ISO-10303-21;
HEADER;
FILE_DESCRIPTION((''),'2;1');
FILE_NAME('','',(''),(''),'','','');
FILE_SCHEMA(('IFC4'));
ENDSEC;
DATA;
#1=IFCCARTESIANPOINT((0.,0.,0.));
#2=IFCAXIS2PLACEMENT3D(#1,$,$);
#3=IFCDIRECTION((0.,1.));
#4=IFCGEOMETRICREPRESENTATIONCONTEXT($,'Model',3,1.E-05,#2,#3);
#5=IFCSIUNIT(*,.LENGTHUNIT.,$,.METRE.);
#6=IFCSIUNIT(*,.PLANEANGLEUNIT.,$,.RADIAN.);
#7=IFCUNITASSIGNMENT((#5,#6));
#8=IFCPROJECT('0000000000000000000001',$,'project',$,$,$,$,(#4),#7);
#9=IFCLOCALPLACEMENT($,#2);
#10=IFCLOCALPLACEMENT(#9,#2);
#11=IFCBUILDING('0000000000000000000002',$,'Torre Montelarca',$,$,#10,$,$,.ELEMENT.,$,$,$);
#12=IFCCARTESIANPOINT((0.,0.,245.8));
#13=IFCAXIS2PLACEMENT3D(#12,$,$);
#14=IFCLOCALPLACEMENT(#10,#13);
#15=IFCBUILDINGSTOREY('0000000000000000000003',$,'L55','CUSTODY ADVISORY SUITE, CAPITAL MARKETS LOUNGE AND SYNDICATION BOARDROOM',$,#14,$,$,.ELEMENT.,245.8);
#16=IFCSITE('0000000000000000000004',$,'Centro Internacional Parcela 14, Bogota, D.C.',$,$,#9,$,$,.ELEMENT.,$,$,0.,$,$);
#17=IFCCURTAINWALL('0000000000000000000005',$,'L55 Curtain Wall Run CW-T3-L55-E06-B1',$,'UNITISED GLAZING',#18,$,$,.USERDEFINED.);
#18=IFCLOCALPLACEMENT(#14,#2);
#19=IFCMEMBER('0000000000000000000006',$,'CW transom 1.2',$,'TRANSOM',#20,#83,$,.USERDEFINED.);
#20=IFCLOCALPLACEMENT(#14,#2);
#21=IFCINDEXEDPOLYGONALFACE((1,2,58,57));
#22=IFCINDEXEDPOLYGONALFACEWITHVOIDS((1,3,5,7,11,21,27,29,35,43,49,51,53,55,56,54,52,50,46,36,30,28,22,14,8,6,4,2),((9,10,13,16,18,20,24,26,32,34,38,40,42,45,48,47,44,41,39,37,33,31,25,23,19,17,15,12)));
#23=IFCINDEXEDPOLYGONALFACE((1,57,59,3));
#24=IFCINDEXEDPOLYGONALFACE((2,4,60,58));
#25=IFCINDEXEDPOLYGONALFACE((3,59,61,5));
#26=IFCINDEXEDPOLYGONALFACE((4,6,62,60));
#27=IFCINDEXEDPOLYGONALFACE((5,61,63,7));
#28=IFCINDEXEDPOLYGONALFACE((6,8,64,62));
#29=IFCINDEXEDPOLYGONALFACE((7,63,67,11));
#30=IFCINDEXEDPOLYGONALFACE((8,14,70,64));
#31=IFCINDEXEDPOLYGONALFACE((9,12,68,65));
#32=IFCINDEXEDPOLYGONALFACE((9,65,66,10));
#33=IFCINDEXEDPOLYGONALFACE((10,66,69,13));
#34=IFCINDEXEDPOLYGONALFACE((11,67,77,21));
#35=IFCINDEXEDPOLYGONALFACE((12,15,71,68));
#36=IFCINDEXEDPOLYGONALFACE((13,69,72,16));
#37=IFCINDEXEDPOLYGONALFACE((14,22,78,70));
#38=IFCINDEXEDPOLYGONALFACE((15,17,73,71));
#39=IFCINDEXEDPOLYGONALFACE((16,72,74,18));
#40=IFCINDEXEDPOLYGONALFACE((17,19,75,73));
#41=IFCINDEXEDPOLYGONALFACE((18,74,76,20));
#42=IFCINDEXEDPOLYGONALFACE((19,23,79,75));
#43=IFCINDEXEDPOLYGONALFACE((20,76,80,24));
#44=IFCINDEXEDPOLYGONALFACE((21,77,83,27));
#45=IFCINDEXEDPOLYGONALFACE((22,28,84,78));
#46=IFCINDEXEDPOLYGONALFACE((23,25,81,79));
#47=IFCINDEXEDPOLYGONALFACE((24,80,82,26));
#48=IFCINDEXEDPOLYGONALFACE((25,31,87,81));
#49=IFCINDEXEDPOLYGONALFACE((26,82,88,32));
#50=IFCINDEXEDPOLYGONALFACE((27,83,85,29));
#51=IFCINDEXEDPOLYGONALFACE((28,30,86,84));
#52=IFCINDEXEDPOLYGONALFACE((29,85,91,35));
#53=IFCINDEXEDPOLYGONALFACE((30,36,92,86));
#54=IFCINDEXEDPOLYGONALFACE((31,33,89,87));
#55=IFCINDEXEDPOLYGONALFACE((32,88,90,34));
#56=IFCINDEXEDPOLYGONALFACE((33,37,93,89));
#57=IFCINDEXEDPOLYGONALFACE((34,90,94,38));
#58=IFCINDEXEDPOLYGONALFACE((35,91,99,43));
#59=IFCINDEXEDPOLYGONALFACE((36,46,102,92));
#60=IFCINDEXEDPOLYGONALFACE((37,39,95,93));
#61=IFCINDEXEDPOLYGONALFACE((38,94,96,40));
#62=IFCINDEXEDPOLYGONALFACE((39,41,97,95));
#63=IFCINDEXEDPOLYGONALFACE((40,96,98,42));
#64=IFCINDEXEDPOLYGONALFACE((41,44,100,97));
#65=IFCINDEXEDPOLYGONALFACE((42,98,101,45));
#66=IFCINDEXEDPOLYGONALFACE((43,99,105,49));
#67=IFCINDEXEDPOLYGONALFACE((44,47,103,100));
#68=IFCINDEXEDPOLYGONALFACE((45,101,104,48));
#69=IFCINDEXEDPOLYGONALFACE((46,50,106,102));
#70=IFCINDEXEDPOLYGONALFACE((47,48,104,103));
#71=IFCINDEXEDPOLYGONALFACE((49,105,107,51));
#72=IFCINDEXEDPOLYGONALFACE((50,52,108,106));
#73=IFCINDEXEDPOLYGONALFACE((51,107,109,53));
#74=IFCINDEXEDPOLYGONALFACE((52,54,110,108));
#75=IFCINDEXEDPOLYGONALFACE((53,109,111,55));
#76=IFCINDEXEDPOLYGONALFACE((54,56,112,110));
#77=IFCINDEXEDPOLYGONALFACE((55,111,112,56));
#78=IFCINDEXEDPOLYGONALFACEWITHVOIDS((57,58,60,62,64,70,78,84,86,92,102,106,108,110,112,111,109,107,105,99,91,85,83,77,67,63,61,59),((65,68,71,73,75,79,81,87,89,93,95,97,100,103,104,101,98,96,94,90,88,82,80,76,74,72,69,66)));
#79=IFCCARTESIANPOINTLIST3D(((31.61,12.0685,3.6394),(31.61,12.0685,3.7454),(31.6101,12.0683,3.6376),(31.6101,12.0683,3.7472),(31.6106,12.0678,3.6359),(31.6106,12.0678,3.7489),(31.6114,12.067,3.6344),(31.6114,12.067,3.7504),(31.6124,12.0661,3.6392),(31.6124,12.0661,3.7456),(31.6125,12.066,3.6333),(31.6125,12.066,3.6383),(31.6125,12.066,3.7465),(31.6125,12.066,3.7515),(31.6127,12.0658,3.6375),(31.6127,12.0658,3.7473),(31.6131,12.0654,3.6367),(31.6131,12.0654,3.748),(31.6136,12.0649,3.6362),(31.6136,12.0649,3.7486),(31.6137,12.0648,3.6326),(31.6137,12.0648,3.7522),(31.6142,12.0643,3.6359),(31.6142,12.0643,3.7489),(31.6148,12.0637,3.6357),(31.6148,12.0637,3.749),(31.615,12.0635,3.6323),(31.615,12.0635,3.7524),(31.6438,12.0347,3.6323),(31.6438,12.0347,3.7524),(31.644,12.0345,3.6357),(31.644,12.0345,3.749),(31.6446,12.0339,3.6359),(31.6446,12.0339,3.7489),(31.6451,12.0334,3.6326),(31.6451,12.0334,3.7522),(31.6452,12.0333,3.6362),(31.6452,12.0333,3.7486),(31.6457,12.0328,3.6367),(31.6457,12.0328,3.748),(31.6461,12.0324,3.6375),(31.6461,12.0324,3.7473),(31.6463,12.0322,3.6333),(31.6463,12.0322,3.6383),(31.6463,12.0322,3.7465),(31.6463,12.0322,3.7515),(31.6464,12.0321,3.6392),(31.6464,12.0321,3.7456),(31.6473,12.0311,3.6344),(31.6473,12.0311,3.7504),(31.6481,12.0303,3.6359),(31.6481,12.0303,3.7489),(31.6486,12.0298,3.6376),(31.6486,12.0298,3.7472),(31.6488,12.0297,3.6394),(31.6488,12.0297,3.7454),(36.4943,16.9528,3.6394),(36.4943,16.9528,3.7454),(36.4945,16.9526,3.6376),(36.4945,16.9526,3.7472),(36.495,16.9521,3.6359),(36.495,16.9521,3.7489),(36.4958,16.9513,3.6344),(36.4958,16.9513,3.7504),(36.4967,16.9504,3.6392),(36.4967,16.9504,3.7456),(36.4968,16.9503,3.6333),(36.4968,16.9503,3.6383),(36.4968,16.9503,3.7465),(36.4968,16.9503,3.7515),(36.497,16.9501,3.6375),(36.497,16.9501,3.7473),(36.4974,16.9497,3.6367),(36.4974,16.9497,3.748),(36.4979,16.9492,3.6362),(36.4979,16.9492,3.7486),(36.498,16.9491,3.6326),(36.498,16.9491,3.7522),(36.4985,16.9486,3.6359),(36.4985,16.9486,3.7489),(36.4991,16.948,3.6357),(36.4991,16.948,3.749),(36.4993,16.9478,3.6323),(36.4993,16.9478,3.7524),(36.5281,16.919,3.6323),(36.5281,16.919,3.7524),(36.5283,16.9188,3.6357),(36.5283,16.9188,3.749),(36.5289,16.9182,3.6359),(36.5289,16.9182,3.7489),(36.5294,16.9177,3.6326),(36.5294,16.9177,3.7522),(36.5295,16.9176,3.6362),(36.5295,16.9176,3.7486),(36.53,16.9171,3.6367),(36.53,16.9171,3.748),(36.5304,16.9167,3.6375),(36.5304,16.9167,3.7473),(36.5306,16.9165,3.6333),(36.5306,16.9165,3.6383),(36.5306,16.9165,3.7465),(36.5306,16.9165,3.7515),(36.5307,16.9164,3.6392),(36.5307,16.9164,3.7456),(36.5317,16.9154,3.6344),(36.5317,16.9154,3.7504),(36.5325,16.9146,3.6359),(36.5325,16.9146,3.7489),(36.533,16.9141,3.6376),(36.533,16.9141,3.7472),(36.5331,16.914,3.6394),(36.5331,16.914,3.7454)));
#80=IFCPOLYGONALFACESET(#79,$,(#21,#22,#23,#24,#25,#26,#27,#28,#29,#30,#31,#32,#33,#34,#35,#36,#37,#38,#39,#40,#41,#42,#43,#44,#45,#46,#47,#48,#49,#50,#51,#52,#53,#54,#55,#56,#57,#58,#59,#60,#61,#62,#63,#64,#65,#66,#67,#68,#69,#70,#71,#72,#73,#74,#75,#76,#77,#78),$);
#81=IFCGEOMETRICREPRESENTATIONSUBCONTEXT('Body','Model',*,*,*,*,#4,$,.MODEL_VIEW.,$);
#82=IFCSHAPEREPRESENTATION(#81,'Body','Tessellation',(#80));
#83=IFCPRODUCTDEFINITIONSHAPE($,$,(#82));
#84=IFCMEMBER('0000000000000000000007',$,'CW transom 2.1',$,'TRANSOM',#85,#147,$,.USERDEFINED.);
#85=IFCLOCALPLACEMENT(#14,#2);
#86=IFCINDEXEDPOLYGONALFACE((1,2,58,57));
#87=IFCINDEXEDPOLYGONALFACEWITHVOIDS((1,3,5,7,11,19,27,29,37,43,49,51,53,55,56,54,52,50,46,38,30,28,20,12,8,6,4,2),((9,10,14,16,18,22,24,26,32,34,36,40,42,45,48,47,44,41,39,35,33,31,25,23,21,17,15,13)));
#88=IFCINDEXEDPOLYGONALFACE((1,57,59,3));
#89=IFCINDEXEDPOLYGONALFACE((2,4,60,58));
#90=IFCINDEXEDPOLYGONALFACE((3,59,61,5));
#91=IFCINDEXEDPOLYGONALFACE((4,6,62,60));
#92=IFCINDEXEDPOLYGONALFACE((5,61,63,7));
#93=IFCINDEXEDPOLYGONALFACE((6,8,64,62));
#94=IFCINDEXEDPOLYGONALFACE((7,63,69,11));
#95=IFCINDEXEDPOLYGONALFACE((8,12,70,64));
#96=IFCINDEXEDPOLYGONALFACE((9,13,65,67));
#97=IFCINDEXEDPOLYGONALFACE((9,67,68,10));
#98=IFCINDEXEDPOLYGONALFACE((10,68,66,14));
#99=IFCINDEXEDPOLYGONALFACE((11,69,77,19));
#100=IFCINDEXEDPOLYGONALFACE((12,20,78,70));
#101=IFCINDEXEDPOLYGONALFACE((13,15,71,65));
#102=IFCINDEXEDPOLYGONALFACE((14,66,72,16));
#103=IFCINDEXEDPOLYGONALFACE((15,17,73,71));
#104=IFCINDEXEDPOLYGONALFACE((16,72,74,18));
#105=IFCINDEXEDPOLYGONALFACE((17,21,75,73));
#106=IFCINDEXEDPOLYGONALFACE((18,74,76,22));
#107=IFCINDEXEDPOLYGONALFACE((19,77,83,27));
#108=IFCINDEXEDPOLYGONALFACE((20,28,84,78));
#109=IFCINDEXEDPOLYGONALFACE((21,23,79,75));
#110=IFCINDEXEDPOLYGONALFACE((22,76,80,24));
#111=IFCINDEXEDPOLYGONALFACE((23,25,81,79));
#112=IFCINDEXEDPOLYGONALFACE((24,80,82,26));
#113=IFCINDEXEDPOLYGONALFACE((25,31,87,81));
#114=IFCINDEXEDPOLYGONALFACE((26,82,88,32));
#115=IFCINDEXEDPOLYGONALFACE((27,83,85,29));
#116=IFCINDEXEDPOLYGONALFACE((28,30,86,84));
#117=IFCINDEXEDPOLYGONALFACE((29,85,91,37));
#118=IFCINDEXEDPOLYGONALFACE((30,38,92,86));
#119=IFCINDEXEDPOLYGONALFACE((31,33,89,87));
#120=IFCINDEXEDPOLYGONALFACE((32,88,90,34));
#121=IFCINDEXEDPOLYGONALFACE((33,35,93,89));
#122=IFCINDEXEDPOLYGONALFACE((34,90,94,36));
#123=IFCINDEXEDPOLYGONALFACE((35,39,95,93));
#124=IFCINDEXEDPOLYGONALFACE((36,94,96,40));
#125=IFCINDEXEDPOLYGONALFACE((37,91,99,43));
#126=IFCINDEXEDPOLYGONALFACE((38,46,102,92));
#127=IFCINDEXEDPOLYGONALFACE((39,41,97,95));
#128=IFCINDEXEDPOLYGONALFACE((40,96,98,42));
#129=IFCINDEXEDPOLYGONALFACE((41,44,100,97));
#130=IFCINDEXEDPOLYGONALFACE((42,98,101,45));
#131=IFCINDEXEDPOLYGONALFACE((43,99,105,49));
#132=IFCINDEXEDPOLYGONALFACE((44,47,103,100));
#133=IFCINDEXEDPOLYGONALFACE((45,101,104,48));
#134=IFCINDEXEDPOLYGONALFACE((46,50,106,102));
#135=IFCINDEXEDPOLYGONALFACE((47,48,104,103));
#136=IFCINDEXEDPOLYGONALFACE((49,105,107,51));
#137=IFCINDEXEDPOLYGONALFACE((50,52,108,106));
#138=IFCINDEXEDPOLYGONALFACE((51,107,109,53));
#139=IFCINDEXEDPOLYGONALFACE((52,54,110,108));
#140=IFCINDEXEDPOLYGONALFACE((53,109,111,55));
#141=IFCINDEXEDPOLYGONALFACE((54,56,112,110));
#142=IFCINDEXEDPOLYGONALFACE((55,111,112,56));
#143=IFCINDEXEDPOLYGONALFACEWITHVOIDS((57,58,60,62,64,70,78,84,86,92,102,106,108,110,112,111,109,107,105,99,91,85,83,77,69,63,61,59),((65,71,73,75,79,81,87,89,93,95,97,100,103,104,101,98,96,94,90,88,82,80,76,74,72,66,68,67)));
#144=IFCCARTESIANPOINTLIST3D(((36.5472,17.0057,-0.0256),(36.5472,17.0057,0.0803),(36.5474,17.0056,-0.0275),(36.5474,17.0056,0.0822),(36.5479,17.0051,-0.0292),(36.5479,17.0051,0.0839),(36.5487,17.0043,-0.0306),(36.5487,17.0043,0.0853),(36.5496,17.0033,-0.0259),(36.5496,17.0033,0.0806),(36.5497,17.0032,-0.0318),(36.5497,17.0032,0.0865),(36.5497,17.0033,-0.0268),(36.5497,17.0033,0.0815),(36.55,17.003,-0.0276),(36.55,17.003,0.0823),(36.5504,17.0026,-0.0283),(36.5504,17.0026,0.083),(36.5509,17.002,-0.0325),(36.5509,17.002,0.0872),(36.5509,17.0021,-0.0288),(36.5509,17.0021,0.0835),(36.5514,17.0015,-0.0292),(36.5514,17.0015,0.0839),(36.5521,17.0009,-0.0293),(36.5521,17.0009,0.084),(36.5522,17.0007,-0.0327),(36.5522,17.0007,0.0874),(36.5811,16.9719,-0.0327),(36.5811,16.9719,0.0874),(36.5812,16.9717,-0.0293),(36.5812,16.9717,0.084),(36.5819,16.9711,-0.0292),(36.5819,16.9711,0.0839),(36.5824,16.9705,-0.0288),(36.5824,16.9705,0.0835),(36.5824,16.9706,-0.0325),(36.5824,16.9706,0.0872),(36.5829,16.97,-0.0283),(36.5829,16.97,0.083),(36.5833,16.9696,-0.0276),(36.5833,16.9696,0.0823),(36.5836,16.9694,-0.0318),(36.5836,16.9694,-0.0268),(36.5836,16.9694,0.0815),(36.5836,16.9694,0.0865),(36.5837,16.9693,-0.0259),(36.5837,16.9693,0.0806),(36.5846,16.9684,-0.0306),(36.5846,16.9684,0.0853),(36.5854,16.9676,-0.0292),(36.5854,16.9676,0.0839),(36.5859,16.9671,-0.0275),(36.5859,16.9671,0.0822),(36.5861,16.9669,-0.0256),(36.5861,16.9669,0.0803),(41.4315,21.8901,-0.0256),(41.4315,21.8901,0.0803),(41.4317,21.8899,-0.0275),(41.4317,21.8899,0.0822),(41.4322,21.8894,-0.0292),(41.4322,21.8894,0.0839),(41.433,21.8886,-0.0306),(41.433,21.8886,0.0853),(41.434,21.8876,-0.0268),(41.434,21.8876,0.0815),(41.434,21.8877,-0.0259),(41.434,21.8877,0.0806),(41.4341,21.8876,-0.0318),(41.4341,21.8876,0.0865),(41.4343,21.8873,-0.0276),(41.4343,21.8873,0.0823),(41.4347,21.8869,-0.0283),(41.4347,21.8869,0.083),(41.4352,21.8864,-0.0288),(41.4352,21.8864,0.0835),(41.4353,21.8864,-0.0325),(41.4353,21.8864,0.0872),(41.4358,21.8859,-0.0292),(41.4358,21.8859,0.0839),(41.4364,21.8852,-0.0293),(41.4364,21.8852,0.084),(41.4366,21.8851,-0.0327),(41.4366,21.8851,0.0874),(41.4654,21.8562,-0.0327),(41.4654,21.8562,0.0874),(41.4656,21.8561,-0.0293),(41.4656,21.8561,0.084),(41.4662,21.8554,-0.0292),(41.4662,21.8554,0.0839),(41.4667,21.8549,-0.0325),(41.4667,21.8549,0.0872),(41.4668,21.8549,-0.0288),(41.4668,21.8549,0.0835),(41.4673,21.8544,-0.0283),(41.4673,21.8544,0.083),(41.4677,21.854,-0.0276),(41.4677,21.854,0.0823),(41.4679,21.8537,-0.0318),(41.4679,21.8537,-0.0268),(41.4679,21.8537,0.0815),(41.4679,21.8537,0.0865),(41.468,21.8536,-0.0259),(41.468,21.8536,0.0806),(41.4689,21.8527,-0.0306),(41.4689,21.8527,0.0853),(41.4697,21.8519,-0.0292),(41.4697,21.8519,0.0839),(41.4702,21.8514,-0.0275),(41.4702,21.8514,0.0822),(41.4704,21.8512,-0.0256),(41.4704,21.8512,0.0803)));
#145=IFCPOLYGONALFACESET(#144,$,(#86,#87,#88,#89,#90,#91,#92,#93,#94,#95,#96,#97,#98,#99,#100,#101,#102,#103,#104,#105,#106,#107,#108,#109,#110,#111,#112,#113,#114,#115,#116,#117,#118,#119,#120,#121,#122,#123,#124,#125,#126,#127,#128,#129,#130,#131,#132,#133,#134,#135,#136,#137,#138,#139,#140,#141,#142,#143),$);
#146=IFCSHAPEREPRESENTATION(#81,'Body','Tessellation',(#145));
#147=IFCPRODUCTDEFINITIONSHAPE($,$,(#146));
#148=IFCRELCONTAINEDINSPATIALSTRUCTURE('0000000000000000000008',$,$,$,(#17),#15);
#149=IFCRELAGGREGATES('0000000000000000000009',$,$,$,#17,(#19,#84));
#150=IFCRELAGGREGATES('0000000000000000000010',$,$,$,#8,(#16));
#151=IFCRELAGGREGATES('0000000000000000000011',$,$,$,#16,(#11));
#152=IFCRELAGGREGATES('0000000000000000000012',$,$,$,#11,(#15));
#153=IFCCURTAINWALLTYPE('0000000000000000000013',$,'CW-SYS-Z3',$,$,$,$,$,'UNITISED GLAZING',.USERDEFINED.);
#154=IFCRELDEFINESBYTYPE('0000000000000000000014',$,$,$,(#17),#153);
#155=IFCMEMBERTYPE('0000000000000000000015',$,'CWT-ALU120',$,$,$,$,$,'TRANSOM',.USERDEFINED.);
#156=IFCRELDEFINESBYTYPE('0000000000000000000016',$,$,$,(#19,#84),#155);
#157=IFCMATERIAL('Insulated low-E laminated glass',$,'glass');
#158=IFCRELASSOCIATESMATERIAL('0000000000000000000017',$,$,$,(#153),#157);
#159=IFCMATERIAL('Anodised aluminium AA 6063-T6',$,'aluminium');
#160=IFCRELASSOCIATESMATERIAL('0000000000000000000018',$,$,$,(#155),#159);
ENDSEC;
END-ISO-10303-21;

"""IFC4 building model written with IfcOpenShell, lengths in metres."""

from ifc_helpers import new_model, si_unit, direction, frame, origin, origin_2d, place, context, subcontext, project, spatial, hollow_rectangle, extrude, source, transform, mapped, material, material_profile, profile_set, type_object, element, aggregate, save


model = new_model("IFC4")

# Units and contexts
model_context = context("Model", 3, precision=1e-05, world=origin(), true_north=direction((0.0, 1.0)))
body_context = subcontext(model_context, "Body", "Model", "MODEL_VIEW")
ifc_project = project(units=[si_unit("LENGTHUNIT", "METRE"), si_unit("PLANEANGLEUNIT", "RADIAN")], contexts=[model_context])

# Site, building, storey
site_placement = place(None, origin())
site = spatial("IfcSite", under=ifc_project, at=site_placement, Name="Centro Internacional Parcela 14, Bogota, D.C.", CompositionType="ELEMENT", RefElevation=0.0)
building_placement = place(site_placement, origin())
building = spatial("IfcBuilding", under=site, at=building_placement, Name="Torre Montelarca", CompositionType="ELEMENT")
storey_placement = place(building_placement, frame((0.0, 0.0, 245.8)))
storey = spatial("IfcBuildingStorey", under=building, at=storey_placement, Name="L55", Description="CUSTODY ADVISORY SUITE, CAPITAL MARKETS LOUNGE AND SYNDICATION BOARDROOM", CompositionType="ELEMENT", Elevation=245.8)

# Curtain wall
ifc_material_1 = material(Name="Insulated low-E laminated glass", Category="glass")
curtain_wall_type = type_object("IfcCurtainWallType", Name="CW-SYS-Z3", ElementType="UNITISED GLAZING", PredefinedType="USERDEFINED", material=ifc_material_1)
ifc_material_2 = material(Name="Anodised aluminium AA 6063-T6", Category="aluminium")
ifc_material_profile_1 = material_profile(ifc_material_2, hollow_rectangle(XDim=0.0549, YDim=0.1201, WallThickness=0.0034, InnerFilletRadius=0.0034, OuterFilletRadius=0.0071, at=origin_2d()), Name="ALU55X120X3.5", Category="aluminium")
ifc_profile_set_1 = profile_set([ifc_material_profile_1], Name="Anodised aluminium AA 6063-T6")
member_type_1 = type_object("IfcMemberType", Name="CWT-ALU120", ElementType="TRANSOM", PredefinedType="USERDEFINED", material=ifc_profile_set_1)
curtain_wall_1_placement = place(storey_placement, origin())
curtain_wall_1 = element("IfcCurtainWall", 1, at=curtain_wall_1_placement, inside=storey, type_object=curtain_wall_type, Name="L55 Curtain Wall Run CW-T3-L55-E06-B1", ObjectType="UNITISED GLAZING", PredefinedType="USERDEFINED")

# Members
shared_shape_1 = source(origin(), body_context, "Body", "SweptSolid", [
    extrude(hollow_rectangle(XDim=0.0549, YDim=0.1201, WallThickness=0.0034, InnerFilletRadius=0.0034, OuterFilletRadius=0.0071, at=origin_2d()), origin(), (0.0, 0.0, 1.0), 6.9075),
])
member_1_placement = place(storey_placement, frame((31.6294, 12.0491, 3.6924), z_axis=(0.707107, 0.707107, 0.0), x_axis=(-0.707107, 0.707107, 0.0)))
member_1 = element("IfcMember", 2, at=member_1_placement, type_object=member_type_1, Name="CW transom 1.2", ObjectType="TRANSOM", PredefinedType="USERDEFINED", context=body_context, shape_type="MappedRepresentation", body=[
    mapped(shared_shape_1, transform((0.0, 0.0, 0.0), scale=1.0)),
])
member_2_placement = place(storey_placement, frame((36.5667, 16.9863, 0.0273), z_axis=(0.707107, 0.707107, 0.0), x_axis=(-0.707107, 0.707107, 0.0)))
member_2 = element("IfcMember", 3, at=member_2_placement, type_object=member_type_1, Name="CW transom 2.1", ObjectType="TRANSOM", PredefinedType="USERDEFINED", context=body_context, shape_type="MappedRepresentation", body=[
    mapped(shared_shape_1, transform((0.0, 0.0, 0.0), scale=1.0)),
])

aggregate(curtain_wall_1, [member_1, member_2])

save(model, "model.ifc")
